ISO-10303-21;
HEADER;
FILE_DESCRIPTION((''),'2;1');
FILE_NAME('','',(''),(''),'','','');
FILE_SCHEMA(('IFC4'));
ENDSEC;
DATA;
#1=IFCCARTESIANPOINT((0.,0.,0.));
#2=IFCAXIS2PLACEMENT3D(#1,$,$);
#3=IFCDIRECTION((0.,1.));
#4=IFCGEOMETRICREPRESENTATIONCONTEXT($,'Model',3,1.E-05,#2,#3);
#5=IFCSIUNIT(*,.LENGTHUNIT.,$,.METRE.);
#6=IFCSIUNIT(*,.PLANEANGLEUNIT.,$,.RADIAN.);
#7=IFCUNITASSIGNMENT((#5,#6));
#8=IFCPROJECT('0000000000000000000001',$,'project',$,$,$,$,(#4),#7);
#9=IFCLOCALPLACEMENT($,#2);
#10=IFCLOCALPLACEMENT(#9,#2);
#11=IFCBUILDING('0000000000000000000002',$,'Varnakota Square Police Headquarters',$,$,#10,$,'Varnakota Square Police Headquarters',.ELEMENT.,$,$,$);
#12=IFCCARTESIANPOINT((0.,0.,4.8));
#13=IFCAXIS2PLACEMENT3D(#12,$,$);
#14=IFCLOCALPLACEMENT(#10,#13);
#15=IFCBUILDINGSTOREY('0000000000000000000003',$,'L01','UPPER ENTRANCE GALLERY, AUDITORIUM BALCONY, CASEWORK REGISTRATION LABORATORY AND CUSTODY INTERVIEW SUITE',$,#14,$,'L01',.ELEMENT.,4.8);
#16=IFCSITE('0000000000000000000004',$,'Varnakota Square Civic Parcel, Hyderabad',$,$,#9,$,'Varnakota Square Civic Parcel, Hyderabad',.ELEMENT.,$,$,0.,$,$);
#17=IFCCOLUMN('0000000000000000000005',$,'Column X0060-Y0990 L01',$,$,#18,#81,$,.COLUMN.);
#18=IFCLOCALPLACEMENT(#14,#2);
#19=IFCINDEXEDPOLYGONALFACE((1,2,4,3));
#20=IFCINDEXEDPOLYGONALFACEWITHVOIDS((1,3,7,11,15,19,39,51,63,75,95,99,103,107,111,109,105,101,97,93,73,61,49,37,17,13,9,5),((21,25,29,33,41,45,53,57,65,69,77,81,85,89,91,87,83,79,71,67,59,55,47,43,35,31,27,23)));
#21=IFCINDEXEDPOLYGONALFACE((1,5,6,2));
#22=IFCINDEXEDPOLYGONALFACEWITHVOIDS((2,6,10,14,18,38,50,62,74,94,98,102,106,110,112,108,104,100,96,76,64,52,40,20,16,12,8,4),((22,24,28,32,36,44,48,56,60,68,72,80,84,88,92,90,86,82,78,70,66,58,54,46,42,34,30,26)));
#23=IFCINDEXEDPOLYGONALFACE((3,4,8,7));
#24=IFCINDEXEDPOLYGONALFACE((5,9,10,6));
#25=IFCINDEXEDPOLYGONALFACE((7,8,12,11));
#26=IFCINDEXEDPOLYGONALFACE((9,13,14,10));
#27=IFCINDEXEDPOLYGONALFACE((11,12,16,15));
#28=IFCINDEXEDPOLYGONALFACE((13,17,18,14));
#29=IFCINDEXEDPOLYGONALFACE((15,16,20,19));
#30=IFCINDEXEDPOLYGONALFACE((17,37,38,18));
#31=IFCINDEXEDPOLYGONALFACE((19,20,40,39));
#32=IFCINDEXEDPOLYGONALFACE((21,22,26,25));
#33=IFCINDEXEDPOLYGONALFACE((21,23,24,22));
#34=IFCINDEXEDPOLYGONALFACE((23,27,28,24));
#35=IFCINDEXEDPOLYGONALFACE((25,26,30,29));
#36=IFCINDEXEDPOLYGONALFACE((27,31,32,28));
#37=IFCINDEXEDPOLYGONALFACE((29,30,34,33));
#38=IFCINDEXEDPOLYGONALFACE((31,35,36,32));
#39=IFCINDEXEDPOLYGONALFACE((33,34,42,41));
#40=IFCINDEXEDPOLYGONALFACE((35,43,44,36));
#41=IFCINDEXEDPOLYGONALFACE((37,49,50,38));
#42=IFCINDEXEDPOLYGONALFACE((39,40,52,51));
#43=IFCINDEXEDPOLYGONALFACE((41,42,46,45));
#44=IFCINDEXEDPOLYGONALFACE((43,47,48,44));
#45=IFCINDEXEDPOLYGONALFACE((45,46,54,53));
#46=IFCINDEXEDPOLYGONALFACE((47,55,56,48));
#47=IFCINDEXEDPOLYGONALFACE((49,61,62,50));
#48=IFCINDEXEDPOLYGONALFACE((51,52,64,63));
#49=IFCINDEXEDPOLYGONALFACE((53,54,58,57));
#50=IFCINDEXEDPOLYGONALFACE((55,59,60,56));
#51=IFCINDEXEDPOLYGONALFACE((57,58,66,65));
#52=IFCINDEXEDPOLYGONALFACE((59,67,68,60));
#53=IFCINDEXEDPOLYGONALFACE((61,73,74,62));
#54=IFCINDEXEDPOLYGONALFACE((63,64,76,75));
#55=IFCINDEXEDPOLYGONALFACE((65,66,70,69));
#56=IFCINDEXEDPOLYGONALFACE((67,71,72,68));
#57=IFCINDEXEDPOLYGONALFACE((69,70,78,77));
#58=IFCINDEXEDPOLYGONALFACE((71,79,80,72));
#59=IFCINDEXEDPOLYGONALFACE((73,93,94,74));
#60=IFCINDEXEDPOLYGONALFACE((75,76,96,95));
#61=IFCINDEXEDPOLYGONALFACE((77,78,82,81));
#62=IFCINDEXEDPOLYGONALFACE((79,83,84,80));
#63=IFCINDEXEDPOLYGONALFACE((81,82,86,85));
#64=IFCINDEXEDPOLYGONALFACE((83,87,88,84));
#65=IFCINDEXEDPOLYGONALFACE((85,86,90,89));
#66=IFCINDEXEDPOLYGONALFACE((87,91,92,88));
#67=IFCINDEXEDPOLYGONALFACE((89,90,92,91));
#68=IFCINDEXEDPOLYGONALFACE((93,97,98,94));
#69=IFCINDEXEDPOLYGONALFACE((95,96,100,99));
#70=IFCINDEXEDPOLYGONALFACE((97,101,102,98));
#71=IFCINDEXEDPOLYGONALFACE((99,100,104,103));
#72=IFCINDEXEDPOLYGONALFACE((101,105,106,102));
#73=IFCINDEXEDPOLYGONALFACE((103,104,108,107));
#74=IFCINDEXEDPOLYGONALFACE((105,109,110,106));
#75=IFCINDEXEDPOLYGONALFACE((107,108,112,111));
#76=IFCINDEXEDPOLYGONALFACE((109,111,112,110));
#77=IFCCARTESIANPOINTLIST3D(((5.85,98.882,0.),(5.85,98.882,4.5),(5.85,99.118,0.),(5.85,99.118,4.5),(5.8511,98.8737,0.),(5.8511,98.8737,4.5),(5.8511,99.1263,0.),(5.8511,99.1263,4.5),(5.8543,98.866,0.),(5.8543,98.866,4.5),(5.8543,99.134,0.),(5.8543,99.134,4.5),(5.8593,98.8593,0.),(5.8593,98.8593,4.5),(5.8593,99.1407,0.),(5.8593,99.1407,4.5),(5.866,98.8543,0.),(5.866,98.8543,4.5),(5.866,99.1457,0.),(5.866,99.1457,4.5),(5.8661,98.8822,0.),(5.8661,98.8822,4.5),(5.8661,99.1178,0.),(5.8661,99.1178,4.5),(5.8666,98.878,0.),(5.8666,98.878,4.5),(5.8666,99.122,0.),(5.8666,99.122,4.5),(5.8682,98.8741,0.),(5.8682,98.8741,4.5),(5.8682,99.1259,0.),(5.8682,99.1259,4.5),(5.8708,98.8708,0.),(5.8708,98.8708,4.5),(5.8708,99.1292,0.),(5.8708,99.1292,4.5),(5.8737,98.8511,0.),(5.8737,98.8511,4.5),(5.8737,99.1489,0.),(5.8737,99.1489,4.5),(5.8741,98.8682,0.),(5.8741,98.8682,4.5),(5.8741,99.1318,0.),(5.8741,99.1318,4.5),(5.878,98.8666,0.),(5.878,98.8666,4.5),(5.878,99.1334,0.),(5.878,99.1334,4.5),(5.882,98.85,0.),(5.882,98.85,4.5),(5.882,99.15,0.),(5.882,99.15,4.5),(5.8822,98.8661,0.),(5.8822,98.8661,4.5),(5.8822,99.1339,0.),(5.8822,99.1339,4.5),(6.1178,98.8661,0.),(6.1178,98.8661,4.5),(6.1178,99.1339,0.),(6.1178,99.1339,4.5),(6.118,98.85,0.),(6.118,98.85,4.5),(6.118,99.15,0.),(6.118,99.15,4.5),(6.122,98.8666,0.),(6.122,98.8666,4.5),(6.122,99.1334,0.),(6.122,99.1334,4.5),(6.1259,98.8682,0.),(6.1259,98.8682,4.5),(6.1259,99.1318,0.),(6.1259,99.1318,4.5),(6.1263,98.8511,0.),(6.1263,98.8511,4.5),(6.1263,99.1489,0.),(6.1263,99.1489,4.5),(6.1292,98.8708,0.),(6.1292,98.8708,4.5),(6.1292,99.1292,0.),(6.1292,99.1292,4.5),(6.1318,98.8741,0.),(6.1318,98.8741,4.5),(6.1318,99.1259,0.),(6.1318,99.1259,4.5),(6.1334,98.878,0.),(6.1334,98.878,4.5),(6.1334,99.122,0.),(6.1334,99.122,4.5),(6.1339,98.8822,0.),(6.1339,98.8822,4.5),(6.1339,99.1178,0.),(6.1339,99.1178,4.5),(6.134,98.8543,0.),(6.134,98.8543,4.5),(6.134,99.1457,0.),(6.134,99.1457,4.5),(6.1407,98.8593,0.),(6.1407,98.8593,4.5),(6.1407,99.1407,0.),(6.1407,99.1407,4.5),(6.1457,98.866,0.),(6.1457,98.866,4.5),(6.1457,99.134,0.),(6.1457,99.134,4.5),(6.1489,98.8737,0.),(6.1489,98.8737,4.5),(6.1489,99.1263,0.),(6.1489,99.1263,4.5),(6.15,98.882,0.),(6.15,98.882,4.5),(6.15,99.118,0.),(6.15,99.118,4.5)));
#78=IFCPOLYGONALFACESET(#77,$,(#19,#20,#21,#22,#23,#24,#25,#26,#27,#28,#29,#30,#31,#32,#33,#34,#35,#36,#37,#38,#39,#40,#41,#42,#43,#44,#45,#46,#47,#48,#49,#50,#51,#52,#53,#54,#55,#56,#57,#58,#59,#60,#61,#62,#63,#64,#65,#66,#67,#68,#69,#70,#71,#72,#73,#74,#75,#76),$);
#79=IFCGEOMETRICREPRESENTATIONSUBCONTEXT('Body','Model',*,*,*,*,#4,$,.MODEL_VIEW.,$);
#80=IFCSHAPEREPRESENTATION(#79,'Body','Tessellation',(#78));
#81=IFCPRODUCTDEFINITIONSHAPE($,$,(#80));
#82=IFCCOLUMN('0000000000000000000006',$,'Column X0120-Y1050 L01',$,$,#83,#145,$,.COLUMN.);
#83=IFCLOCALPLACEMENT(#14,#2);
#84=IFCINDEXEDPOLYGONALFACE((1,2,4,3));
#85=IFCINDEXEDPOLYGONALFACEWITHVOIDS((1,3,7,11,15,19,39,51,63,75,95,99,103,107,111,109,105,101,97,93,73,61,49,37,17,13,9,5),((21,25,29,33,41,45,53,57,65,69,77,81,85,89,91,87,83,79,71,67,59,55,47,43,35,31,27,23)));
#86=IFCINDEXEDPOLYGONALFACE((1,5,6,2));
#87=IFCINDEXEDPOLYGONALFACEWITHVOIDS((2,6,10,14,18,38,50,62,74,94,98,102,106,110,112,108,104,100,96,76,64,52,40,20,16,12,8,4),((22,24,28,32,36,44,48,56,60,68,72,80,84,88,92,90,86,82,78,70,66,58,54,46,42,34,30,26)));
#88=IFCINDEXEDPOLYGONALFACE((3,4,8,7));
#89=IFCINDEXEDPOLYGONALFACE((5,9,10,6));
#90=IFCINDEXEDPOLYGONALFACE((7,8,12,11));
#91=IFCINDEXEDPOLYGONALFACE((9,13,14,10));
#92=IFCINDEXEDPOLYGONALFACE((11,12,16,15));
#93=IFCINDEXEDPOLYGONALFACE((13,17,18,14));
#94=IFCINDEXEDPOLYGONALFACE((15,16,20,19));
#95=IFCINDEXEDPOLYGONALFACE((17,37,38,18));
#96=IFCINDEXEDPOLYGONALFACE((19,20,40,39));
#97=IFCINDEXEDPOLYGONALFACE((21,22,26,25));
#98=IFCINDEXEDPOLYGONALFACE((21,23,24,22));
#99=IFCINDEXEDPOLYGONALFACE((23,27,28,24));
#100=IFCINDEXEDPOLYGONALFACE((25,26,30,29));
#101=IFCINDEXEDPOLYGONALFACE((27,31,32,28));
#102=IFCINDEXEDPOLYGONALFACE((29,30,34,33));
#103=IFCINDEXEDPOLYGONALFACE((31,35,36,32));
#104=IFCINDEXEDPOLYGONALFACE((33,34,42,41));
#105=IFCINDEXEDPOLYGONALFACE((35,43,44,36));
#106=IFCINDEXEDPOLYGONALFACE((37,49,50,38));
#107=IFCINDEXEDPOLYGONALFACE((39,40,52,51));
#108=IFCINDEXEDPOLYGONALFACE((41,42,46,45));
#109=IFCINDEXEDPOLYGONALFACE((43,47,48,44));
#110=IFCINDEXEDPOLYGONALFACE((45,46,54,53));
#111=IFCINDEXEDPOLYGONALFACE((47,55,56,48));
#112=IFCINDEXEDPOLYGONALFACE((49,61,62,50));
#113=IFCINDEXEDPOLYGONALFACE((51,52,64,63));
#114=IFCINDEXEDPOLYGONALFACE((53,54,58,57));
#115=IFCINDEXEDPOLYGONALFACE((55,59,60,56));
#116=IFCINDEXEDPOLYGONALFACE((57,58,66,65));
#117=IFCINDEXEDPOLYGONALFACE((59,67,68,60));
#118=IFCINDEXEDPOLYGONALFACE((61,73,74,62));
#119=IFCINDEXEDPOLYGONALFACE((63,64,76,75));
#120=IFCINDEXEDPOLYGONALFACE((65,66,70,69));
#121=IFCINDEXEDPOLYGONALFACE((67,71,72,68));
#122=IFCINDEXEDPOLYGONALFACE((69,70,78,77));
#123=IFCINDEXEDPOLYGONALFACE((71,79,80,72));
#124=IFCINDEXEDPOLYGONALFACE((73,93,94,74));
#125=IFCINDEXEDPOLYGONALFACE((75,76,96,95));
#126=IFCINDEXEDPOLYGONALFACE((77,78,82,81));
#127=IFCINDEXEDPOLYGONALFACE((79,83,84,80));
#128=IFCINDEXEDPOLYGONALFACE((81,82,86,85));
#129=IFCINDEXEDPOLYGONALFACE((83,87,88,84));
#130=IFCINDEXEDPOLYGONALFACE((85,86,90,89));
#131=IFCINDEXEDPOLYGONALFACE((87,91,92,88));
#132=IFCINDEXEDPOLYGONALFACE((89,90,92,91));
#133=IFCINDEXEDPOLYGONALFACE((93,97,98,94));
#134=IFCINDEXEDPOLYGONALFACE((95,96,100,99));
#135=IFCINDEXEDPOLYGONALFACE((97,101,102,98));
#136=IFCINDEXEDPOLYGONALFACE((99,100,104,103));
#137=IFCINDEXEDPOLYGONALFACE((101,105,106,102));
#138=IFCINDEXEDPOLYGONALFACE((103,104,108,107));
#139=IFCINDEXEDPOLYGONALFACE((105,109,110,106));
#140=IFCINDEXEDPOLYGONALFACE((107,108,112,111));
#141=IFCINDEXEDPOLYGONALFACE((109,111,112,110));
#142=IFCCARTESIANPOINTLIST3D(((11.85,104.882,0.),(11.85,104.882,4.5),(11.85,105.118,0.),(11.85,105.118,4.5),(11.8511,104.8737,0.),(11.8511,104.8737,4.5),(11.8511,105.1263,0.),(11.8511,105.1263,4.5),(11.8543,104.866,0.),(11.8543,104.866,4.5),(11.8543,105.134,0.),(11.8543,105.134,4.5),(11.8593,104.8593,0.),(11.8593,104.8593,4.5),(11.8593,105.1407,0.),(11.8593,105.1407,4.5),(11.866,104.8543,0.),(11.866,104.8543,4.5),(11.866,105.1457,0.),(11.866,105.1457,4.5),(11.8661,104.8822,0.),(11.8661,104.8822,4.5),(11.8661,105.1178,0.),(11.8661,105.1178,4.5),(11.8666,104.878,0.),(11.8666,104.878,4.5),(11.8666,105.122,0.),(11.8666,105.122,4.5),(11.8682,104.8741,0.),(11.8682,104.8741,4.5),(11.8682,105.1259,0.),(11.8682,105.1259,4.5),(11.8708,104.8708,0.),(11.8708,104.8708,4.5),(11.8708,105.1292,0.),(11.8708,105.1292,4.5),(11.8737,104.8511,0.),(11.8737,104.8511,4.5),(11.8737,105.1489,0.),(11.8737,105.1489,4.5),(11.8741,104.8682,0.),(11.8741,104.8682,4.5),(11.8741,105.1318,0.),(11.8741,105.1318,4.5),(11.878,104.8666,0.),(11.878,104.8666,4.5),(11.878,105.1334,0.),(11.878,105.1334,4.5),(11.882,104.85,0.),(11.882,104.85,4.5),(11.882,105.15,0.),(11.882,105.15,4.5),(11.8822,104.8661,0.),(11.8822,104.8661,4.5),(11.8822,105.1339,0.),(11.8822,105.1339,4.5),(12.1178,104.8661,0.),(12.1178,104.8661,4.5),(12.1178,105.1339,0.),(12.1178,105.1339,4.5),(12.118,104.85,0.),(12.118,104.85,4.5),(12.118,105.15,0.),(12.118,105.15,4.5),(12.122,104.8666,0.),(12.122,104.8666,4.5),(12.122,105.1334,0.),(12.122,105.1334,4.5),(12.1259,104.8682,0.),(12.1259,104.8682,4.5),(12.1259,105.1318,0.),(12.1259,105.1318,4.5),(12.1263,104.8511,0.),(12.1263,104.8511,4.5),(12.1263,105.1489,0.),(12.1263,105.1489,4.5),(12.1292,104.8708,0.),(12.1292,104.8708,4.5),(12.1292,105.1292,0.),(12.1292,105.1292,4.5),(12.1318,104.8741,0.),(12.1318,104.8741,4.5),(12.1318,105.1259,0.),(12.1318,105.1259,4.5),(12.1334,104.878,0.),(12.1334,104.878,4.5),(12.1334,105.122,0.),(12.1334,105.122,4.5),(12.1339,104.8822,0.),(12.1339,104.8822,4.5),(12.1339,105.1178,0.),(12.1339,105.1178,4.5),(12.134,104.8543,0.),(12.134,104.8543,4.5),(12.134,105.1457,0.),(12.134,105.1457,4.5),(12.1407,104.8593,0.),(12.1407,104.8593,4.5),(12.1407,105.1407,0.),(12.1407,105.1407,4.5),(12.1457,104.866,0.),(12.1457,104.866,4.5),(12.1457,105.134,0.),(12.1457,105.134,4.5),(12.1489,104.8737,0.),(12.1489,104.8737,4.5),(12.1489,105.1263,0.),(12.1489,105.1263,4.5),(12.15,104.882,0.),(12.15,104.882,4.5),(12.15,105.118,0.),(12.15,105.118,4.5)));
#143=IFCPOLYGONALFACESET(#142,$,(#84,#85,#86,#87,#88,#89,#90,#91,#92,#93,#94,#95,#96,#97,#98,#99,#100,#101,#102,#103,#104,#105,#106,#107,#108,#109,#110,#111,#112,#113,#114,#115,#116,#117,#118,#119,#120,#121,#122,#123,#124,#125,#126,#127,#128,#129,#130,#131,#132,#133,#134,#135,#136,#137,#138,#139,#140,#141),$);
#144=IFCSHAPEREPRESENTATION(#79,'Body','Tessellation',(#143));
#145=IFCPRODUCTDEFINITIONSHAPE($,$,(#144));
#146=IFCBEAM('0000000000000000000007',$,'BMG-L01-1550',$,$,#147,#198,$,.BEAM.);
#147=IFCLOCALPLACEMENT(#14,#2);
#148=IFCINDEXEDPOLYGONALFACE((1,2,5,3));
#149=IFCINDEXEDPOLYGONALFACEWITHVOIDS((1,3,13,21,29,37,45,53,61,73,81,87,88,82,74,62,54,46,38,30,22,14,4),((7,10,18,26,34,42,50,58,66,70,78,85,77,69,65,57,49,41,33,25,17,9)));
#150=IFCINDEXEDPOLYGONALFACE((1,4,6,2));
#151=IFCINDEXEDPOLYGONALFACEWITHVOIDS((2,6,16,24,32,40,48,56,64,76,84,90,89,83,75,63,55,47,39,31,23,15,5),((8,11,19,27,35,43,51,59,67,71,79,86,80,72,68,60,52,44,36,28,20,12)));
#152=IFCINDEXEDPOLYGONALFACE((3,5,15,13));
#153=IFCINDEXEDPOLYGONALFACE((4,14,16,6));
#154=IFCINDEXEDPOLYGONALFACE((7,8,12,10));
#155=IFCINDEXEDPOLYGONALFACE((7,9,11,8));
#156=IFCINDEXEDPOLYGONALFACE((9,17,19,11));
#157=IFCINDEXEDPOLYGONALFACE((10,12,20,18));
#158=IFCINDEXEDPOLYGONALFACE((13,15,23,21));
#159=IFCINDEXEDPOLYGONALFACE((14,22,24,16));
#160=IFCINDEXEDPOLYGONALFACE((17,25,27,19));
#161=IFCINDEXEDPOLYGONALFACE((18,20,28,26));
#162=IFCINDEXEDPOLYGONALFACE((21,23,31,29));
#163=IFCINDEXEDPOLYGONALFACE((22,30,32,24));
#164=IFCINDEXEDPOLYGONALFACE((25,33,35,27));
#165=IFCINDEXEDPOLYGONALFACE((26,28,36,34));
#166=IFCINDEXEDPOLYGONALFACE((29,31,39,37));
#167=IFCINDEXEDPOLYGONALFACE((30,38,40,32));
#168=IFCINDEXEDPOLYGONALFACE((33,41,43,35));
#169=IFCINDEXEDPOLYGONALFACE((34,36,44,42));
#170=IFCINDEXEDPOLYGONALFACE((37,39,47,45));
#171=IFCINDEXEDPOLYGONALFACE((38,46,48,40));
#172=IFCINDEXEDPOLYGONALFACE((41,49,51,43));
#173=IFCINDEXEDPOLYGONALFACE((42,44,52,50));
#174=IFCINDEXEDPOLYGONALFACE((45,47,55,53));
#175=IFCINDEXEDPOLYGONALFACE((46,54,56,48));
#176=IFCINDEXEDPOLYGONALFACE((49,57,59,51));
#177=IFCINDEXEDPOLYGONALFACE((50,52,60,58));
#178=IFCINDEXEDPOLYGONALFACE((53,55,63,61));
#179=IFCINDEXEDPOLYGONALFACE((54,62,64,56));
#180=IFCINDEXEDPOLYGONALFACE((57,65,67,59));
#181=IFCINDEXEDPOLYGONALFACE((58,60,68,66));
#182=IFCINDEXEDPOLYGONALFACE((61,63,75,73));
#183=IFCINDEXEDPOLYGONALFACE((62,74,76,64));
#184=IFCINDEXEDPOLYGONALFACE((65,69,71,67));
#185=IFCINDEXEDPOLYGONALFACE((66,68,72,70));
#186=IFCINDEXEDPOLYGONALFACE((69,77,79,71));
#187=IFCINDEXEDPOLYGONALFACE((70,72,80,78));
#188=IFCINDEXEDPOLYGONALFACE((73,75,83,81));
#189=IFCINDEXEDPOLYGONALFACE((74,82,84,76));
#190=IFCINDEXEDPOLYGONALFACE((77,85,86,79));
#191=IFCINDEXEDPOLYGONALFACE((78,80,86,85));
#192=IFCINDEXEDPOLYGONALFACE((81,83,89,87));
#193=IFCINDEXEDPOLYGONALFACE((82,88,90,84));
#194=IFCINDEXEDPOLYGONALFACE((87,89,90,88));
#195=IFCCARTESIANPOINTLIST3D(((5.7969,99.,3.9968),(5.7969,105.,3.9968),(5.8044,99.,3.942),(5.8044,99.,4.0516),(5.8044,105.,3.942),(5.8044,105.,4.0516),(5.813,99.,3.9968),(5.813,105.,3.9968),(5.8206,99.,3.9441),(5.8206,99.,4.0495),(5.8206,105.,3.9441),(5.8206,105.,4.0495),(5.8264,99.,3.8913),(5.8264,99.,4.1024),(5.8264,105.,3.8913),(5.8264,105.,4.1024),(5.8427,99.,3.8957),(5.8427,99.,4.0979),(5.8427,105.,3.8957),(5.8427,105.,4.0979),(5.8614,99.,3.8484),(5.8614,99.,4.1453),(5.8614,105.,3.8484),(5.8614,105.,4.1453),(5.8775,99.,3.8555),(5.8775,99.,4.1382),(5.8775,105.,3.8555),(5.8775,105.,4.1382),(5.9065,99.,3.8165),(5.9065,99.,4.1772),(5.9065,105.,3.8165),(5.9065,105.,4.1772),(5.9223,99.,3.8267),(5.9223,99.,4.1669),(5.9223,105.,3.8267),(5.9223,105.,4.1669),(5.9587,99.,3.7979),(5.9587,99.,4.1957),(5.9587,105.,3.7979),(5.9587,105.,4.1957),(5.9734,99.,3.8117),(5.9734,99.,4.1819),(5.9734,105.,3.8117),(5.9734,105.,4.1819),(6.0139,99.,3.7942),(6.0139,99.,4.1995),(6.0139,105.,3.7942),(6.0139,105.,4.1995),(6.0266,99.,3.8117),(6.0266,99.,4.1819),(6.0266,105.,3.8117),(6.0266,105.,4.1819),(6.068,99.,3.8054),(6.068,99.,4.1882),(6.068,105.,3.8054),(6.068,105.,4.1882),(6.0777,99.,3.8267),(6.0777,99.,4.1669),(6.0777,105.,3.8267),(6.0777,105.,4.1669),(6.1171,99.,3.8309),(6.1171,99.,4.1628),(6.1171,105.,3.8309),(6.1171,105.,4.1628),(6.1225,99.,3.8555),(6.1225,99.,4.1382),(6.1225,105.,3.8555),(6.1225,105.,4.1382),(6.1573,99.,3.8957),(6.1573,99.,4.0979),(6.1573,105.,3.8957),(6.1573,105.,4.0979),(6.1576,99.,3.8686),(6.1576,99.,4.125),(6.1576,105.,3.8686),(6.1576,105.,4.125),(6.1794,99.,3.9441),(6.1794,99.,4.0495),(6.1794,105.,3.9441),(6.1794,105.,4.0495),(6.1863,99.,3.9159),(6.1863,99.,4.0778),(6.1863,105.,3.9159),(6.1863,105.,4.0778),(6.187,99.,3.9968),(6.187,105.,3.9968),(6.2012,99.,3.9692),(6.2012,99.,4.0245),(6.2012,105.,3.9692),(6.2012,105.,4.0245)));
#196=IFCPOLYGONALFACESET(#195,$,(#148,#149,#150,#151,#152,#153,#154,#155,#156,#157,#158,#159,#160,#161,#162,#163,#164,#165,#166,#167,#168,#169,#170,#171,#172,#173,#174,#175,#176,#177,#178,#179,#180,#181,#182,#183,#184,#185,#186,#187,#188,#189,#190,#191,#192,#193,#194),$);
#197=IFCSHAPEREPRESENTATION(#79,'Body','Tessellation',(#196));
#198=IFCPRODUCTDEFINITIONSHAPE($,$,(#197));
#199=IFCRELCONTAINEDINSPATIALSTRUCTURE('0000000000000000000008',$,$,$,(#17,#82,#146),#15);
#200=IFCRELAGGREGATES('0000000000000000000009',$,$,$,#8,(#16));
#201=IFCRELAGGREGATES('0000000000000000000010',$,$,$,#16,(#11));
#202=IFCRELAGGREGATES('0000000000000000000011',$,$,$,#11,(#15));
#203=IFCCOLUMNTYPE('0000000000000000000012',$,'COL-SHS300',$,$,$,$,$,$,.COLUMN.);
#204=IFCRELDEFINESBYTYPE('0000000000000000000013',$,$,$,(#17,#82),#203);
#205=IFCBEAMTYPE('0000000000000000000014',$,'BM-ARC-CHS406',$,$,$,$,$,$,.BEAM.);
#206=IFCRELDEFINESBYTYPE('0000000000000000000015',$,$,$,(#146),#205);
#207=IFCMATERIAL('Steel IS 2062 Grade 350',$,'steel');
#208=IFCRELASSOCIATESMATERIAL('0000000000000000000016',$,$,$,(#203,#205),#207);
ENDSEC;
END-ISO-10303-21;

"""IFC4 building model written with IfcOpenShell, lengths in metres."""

from ifc_helpers import new_model, si_unit, direction, frame, origin, origin_2d, place, context, subcontext, project, spatial, hollow_rectangle, hollow_circle, extrude, material, material_profile, profile_set, type_object, element, save


model = new_model("IFC4")

# Units and contexts
model_context = context("Model", 3, precision=1e-05, world=origin(), true_north=direction((0.0, 1.0)))
body_context = subcontext(model_context, "Body", "Model", "MODEL_VIEW")
ifc_project = project(units=[si_unit("LENGTHUNIT", "METRE"), si_unit("PLANEANGLEUNIT", "RADIAN")], contexts=[model_context])

# Site, building, storey
site_placement = place(None, origin())
site = spatial("IfcSite", under=ifc_project, at=site_placement, Name="Varnakota Square Civic Parcel, Hyderabad", LongName="Varnakota Square Civic Parcel, Hyderabad", CompositionType="ELEMENT", RefElevation=0.0)
building_placement = place(site_placement, origin())
building = spatial("IfcBuilding", under=site, at=building_placement, Name="Varnakota Square Police Headquarters", LongName="Varnakota Square Police Headquarters", CompositionType="ELEMENT")
storey_placement = place(building_placement, frame((0.0, 0.0, 4.8)))
storey = spatial("IfcBuildingStorey", under=building, at=storey_placement, Name="L01", Description="UPPER ENTRANCE GALLERY, AUDITORIUM BALCONY, CASEWORK REGISTRATION LABORATORY AND CUSTODY INTERVIEW SUITE", LongName="L01", CompositionType="ELEMENT", Elevation=4.8)

# Columns
ifc_material_1 = material(Name="Steel IS 2062 Grade 350", Category="steel")
ifc_material_profile_1 = material_profile(ifc_material_1, hollow_rectangle(XDim=0.3, YDim=0.3, WallThickness=0.0161, InnerFilletRadius=0.0161, OuterFilletRadius=0.032, at=origin_2d()), Name="SHS 300x300x16")
ifc_profile_set_1 = profile_set([ifc_material_profile_1], Name="Steel IS 2062 Grade 350")
column_type_1 = type_object("IfcColumnType", Name="COL-SHS300", PredefinedType="COLUMN", material=ifc_profile_set_1)
for number, where, z_axis, x_axis, name in (
    (1, (6.0, 99.0, 0.0), (0.0, 0.0, 1.0), (1.0, 0.0, 0.0), "Column X0060-Y0990 L01"),
    (2, (12.0, 105.0, 0.0), (0.0, 0.0, 1.0), (1.0, 0.0, 0.0), "Column X0120-Y1050 L01"),
):
    element("IfcColumn", number, at=place(storey_placement, frame(where, z_axis=z_axis, x_axis=x_axis)), inside=storey, type_object=column_type_1, Name=name, PredefinedType="COLUMN", context=body_context, shape_type="SweptSolid", body=[
        extrude(hollow_rectangle(XDim=0.3, YDim=0.3, WallThickness=0.0161, InnerFilletRadius=0.0161, OuterFilletRadius=0.032, at=origin_2d()), origin(), (0.0, 0.0, 1.0), 4.5),
    ])

# Beam
ifc_material_profile_2 = material_profile(ifc_material_1, hollow_circle(Radius=0.2031, WallThickness=0.0161, at=origin_2d()), Name="CHS 406.4x16.0")
ifc_profile_set_2 = profile_set([ifc_material_profile_2], Name="Steel IS 2062 Grade 350")
beam_type_1 = type_object("IfcBeamType", Name="BM-ARC-CHS406", PredefinedType="BEAM", material=ifc_profile_set_2)
beam_1_placement = place(storey_placement, frame((6.0, 99.0, 3.9968), z_axis=(0.0, 1.0, 0.0), x_axis=(-1.0, 0.0, 0.0)))
element("IfcBeam", 3, at=beam_1_placement, inside=storey, type_object=beam_type_1, Name="BMG-L01-1550", PredefinedType="BEAM", context=body_context, shape_type="SweptSolid", body=[
    extrude(hollow_circle(Radius=0.2031, WallThickness=0.0161, at=origin_2d()), origin(), (0.0, 0.0, 1.0), 6.0),
])

save(model, "model.ifc")
